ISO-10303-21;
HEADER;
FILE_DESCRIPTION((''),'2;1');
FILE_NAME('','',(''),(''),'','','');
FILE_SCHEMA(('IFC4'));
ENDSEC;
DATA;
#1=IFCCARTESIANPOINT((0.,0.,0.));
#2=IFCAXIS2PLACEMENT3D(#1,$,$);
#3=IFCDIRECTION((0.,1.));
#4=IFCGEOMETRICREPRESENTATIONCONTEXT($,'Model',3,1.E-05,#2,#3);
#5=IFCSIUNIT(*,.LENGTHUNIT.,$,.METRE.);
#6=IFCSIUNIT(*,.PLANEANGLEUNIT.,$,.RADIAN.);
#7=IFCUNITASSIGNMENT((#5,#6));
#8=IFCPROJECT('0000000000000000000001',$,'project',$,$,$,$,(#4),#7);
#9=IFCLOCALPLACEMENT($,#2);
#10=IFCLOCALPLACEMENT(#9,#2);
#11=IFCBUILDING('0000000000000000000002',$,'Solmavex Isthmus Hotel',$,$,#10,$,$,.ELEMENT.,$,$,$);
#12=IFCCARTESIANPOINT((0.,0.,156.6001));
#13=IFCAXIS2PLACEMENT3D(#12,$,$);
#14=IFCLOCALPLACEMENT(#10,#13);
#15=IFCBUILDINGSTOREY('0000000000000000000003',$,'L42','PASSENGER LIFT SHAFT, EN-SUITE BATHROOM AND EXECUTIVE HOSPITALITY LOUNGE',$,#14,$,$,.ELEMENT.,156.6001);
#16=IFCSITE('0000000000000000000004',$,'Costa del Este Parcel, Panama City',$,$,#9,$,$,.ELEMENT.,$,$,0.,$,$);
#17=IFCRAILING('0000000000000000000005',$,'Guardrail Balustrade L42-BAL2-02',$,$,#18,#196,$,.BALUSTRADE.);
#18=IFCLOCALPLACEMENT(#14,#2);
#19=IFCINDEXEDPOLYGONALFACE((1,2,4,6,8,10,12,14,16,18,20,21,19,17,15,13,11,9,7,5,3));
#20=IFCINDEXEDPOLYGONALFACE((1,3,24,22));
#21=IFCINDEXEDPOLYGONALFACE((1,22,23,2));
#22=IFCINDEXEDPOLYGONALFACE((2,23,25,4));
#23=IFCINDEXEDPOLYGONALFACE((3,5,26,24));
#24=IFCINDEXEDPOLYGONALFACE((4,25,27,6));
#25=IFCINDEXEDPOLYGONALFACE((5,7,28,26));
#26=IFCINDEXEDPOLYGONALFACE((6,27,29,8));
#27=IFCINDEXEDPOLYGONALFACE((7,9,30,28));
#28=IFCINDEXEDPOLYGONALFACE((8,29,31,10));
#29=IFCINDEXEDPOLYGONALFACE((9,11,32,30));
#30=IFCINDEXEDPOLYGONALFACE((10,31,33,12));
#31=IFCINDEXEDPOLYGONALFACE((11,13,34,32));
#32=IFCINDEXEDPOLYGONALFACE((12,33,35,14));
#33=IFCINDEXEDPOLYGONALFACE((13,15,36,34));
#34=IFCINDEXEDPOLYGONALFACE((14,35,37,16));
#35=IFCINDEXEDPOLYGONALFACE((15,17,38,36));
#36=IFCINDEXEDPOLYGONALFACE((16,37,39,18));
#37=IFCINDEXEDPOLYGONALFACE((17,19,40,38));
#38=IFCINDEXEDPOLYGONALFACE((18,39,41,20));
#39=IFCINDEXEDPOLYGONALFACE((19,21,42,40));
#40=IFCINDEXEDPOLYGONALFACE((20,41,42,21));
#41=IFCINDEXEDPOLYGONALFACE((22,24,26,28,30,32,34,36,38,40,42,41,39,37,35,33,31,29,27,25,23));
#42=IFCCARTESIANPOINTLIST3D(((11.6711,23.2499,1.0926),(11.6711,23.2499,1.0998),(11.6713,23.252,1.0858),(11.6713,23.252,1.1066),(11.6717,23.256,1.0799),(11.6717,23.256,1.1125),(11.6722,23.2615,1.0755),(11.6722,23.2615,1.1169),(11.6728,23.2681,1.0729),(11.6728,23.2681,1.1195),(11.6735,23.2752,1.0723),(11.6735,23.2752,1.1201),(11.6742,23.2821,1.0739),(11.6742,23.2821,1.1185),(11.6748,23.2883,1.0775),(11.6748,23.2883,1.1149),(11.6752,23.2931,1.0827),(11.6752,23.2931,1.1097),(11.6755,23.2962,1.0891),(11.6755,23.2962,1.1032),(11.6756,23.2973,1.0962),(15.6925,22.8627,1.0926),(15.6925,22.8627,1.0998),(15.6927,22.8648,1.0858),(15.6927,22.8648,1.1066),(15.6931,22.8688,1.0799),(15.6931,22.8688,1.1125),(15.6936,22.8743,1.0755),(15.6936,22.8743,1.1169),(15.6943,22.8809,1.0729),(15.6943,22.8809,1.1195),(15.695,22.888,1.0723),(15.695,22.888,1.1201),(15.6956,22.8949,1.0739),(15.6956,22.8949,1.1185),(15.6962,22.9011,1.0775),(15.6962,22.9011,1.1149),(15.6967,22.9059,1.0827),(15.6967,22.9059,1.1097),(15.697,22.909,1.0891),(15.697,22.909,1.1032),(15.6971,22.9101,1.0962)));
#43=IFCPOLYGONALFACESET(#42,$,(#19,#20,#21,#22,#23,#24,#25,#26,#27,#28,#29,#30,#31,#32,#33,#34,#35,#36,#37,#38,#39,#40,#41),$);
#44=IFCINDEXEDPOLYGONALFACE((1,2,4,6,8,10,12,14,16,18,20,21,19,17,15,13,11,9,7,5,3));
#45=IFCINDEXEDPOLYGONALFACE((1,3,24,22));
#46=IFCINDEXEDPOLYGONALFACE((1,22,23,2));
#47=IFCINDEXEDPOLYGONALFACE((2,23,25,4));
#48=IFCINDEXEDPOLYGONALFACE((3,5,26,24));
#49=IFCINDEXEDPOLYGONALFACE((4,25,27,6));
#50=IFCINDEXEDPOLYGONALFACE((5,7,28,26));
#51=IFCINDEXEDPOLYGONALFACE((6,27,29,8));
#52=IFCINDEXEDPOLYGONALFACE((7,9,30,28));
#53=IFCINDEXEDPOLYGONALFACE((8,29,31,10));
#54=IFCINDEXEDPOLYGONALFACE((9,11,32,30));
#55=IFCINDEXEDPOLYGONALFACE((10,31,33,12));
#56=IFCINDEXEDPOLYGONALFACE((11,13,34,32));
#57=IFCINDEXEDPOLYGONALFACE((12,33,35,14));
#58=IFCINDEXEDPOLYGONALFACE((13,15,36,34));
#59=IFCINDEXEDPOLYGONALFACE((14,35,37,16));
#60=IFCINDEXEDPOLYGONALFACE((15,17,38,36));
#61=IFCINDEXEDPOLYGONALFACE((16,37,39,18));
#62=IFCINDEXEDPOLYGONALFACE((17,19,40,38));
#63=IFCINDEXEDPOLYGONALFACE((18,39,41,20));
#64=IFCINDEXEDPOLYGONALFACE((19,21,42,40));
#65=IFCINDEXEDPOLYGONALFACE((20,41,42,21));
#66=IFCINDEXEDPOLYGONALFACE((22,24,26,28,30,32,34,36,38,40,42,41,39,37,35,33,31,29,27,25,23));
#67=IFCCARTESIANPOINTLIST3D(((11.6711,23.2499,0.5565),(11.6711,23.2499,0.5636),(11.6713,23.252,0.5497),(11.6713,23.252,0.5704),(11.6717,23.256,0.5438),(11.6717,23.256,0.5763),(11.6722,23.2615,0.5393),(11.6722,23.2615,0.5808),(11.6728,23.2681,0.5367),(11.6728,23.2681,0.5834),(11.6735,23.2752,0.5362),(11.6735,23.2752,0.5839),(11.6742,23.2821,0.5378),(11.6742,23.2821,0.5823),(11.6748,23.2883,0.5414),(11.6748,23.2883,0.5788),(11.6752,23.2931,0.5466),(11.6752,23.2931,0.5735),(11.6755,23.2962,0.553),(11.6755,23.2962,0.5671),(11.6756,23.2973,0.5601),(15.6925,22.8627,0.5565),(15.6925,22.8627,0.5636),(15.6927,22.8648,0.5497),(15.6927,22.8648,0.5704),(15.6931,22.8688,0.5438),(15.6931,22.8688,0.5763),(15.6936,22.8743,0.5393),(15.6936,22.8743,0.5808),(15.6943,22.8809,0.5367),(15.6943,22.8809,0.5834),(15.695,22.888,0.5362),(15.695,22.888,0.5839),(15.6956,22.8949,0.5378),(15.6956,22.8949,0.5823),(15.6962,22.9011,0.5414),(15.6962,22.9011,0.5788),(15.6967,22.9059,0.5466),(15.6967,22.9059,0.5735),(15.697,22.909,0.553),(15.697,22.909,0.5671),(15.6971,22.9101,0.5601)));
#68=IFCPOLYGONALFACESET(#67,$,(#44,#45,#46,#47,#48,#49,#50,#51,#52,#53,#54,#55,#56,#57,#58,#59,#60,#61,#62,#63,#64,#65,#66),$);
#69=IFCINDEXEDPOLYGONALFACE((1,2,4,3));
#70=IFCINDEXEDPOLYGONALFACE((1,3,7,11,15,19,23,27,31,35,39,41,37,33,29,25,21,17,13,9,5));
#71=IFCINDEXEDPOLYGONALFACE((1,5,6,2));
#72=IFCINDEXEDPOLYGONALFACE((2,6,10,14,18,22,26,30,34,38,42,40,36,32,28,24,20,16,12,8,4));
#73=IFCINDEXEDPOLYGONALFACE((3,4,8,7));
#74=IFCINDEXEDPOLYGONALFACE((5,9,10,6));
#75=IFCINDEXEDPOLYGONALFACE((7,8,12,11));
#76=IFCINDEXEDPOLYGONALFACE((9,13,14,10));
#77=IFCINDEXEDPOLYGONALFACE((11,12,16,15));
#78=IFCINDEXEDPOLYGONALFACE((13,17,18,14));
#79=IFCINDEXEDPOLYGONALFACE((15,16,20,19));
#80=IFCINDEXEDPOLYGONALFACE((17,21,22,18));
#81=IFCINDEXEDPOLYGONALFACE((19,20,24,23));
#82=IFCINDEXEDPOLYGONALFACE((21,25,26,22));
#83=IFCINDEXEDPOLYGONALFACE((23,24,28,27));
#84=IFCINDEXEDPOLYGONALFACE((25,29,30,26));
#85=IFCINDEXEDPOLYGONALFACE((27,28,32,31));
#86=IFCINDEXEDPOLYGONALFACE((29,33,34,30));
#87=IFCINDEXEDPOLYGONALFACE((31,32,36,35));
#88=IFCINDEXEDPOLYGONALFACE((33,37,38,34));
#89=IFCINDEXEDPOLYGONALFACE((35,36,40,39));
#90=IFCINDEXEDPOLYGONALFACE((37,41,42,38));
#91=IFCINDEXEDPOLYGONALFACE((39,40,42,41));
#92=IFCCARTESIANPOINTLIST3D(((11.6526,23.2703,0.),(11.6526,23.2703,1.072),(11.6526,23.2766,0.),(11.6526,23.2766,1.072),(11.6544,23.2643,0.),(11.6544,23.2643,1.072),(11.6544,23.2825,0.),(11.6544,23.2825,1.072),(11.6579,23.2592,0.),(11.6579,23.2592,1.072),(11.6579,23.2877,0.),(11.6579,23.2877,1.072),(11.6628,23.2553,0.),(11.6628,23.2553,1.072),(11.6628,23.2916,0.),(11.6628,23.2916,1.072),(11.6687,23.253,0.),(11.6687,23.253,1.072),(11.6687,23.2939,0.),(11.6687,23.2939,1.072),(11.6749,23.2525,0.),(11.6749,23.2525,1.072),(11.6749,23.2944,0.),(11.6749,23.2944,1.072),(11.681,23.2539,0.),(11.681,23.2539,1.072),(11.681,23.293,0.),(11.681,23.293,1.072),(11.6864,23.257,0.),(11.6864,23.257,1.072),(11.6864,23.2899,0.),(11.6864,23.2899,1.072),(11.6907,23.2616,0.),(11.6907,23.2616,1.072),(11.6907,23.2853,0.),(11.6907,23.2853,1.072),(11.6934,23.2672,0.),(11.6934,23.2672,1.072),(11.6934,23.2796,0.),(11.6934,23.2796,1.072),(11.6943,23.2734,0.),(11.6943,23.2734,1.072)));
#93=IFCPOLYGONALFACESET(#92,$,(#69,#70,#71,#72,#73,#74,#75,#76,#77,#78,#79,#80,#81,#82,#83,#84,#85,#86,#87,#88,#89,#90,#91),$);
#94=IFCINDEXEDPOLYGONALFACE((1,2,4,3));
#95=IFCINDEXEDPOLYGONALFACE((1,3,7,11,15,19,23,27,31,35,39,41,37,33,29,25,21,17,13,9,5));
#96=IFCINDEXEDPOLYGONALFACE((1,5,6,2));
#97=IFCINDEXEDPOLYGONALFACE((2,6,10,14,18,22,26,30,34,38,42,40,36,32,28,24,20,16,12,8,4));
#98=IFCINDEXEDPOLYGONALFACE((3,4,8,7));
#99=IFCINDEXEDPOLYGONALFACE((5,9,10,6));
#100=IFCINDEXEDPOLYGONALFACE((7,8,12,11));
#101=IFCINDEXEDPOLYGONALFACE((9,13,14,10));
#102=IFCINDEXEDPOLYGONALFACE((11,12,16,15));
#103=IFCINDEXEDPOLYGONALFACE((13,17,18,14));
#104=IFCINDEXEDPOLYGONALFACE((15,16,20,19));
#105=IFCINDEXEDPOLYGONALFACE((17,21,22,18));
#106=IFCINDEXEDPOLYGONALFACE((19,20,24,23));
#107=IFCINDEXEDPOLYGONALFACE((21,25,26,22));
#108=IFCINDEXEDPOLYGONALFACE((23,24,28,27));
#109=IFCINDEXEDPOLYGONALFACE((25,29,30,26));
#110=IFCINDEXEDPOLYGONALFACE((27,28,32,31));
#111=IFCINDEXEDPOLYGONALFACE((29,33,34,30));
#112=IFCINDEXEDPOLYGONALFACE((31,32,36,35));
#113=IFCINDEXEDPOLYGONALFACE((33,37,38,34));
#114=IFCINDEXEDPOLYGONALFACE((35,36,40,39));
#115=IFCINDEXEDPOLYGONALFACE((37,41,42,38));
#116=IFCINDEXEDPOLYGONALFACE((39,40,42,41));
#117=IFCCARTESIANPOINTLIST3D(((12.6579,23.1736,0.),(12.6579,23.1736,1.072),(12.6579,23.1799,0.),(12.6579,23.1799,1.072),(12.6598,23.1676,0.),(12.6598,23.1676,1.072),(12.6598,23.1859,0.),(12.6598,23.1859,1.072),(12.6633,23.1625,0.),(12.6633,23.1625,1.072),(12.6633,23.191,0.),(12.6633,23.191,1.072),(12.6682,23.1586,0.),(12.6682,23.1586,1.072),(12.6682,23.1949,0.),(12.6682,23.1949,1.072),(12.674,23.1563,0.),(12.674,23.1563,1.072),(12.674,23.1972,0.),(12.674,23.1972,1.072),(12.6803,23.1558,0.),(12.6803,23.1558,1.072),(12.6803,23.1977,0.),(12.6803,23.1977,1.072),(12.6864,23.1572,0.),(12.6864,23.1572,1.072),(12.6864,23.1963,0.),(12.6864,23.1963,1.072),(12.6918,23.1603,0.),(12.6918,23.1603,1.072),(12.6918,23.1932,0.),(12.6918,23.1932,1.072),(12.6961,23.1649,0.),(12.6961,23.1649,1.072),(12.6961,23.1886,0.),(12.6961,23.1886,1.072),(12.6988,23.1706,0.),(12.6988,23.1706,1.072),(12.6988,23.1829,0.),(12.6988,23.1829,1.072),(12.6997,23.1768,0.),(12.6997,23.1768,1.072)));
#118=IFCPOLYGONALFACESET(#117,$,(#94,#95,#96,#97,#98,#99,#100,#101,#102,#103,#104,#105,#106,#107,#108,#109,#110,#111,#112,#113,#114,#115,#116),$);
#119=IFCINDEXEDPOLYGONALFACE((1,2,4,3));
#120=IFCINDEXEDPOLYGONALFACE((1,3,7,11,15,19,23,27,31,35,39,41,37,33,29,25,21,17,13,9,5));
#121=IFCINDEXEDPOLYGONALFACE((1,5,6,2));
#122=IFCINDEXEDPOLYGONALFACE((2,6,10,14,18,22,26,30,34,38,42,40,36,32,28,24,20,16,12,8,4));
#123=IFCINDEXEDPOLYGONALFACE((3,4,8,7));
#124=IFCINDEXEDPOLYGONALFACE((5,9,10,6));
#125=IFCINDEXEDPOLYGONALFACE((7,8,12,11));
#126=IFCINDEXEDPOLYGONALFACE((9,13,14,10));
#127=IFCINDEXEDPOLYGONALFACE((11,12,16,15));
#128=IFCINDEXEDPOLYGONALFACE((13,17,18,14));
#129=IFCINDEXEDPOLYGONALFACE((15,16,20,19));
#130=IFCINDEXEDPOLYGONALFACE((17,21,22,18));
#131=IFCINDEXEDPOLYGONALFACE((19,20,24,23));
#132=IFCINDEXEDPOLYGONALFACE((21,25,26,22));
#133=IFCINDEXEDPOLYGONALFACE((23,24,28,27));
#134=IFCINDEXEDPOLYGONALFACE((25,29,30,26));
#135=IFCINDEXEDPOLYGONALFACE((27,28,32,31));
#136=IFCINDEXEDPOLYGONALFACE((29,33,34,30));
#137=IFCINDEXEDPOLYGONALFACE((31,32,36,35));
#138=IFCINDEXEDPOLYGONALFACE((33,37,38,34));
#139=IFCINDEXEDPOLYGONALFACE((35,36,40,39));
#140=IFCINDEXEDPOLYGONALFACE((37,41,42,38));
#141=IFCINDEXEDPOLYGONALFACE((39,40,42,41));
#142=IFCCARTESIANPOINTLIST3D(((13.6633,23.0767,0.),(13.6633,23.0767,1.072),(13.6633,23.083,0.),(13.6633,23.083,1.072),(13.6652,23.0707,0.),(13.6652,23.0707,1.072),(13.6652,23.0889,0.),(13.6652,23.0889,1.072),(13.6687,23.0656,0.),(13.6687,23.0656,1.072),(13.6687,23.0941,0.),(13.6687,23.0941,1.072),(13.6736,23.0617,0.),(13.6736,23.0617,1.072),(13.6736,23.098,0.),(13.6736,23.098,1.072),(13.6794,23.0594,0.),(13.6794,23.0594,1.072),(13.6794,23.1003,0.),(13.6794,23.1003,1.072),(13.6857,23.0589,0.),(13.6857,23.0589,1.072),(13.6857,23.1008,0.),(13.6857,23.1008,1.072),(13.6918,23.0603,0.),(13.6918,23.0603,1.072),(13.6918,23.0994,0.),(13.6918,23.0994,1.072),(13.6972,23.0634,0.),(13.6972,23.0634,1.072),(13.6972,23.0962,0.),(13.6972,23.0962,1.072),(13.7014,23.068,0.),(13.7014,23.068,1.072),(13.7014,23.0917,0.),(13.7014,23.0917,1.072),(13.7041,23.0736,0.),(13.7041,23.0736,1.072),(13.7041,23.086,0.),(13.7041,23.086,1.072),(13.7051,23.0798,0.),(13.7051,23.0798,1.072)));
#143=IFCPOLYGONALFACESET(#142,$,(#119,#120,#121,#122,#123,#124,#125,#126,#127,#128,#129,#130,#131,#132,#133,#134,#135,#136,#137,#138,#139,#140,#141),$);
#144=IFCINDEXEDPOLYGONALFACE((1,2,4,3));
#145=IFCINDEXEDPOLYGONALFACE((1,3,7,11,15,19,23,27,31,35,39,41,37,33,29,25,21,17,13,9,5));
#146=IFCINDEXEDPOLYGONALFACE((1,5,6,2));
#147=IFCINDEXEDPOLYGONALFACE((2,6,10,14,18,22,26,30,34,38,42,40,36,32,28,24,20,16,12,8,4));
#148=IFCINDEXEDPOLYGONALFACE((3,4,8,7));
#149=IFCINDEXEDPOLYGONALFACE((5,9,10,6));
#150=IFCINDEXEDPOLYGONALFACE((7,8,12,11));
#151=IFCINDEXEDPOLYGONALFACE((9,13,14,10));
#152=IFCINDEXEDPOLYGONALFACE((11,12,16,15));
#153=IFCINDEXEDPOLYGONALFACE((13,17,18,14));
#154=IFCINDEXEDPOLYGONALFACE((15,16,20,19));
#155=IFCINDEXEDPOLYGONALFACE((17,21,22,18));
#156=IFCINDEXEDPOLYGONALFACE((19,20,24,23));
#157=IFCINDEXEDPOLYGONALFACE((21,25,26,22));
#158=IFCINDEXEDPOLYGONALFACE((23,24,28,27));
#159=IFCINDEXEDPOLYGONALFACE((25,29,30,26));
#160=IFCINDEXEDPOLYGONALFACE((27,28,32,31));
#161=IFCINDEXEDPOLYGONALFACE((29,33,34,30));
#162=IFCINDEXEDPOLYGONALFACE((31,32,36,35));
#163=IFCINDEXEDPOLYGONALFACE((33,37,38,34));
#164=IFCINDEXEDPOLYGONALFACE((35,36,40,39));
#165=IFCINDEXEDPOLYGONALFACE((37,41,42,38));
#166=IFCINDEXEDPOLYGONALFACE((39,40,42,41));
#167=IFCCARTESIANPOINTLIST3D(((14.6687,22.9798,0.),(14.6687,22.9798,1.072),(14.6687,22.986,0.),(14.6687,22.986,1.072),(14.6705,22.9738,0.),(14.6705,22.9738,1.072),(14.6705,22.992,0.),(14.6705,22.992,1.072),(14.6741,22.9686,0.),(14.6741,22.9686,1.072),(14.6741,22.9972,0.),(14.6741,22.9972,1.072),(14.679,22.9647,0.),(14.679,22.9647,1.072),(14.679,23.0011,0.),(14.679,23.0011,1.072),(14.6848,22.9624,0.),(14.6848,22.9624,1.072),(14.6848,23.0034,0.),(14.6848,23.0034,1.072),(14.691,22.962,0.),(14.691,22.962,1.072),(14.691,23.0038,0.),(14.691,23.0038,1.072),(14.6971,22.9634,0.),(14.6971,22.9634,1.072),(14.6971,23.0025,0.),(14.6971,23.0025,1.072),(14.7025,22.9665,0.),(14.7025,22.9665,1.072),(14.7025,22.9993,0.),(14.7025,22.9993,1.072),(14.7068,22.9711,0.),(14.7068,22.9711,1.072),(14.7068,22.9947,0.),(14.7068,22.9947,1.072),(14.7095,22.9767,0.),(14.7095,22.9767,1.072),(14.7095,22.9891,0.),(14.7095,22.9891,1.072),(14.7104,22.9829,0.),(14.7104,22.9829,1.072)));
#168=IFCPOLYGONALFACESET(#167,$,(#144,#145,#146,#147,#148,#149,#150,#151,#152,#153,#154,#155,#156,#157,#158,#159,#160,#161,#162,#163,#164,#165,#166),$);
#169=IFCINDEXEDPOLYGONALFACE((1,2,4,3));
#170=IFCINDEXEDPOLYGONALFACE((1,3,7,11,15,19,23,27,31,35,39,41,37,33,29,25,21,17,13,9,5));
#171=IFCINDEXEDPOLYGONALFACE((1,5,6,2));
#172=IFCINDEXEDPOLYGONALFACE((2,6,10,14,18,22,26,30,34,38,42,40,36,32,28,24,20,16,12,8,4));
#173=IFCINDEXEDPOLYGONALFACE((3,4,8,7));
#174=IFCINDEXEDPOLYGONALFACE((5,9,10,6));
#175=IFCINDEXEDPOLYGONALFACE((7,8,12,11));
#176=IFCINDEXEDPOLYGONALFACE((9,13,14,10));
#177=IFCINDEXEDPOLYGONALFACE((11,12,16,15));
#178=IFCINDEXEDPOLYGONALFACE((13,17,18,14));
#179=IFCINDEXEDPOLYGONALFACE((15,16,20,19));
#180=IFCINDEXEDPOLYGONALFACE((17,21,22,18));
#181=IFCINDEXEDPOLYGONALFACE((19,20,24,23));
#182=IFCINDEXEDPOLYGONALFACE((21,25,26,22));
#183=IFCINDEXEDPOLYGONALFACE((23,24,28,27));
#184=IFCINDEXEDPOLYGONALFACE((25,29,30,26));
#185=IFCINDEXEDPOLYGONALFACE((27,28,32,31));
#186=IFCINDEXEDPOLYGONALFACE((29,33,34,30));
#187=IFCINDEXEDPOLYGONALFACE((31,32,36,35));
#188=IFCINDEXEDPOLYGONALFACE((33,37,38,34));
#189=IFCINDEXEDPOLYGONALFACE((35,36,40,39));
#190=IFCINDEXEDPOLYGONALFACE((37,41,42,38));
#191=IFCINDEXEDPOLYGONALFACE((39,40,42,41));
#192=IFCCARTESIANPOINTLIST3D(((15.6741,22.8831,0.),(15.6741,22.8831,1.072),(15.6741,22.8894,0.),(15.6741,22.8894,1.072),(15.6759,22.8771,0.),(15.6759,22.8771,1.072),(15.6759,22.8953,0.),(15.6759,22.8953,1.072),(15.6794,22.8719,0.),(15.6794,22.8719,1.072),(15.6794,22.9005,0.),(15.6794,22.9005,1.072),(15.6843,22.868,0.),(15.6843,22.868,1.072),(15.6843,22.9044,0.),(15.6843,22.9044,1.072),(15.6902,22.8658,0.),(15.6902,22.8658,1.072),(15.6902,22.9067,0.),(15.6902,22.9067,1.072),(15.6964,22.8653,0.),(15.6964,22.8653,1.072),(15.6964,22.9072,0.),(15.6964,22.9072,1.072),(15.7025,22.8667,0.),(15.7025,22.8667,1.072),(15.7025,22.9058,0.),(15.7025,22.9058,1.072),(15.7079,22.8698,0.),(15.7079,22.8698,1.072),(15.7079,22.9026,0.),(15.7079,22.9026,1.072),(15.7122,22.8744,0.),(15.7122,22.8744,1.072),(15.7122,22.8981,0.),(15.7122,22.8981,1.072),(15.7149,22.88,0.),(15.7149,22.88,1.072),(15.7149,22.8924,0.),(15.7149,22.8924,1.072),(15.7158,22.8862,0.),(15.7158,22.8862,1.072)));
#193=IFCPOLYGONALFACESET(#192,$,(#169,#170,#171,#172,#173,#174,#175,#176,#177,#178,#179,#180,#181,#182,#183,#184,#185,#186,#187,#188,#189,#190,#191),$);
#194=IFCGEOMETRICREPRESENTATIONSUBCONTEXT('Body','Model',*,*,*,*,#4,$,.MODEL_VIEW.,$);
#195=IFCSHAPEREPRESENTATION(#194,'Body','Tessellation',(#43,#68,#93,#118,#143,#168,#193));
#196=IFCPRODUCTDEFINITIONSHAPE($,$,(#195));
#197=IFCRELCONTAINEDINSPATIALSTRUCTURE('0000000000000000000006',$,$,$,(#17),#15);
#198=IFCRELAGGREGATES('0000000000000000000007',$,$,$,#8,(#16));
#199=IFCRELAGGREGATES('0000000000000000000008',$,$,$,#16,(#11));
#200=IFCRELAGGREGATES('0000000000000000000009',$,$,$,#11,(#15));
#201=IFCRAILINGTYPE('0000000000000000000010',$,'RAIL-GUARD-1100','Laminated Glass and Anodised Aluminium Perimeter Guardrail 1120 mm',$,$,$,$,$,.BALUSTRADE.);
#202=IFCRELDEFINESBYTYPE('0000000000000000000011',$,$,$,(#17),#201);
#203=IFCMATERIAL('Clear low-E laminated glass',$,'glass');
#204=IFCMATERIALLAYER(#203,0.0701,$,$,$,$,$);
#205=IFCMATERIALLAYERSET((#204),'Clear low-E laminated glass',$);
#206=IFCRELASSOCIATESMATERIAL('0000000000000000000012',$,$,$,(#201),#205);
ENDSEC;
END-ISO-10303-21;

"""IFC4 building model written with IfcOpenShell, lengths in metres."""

from ifc_helpers import new_model, si_unit, direction, frame, origin, origin_2d, place, context, subcontext, project, spatial, circle, extrude, material, layer, layer_set, type_object, element, save


model = new_model("IFC4")

# Units and contexts
model_context = context("Model", 3, precision=1e-05, world=origin(), true_north=direction((0.0, 1.0)))
body_context = subcontext(model_context, "Body", "Model", "MODEL_VIEW")
ifc_project = project(units=[si_unit("LENGTHUNIT", "METRE"), si_unit("PLANEANGLEUNIT", "RADIAN")], contexts=[model_context])

# Site, building, storey
site_placement = place(None, origin())
site = spatial("IfcSite", under=ifc_project, at=site_placement, Name="Costa del Este Parcel, Panama City", CompositionType="ELEMENT", RefElevation=0.0)
building_placement = place(site_placement, origin())
building = spatial("IfcBuilding", under=site, at=building_placement, Name="Solmavex Isthmus Hotel", CompositionType="ELEMENT")
storey_placement = place(building_placement, frame((0.0, 0.0, 156.6001)))
storey = spatial("IfcBuildingStorey", under=building, at=storey_placement, Name="L42", Description="PASSENGER LIFT SHAFT, EN-SUITE BATHROOM AND EXECUTIVE HOSPITALITY LOUNGE", CompositionType="ELEMENT", Elevation=156.6001)

# Shared definitions
ifc_material_1 = material(Name="Clear low-E laminated glass", Category="glass")

# Railing
ifc_layer_1 = layer(ifc_material_1, 0.0701)
ifc_layer_set_1 = layer_set([ifc_layer_1], Name="Clear low-E laminated glass")
railing_type = type_object("IfcRailingType", Name="RAIL-GUARD-1100", Description="Laminated Glass and Anodised Aluminium Perimeter Guardrail 1120 mm", PredefinedType="BALUSTRADE", material=ifc_layer_set_1)
railing_1_placement = place(storey_placement, frame((11.6733, 23.2734, 0.0)))
element("IfcRailing", 1, at=railing_1_placement, inside=storey, type_object=railing_type, Name="Guardrail Balustrade L42-BAL2-02", PredefinedType="BALUSTRADE", context=body_context, shape_type="SweptSolid", body=[
    extrude(circle(Radius=0.0239, at=origin_2d()), frame((0.0, 0.0, 1.0962), z_axis=(0.995397, -0.095841, 0.0), x_axis=(0.095841, 0.995397, 0.0)), (0.0, 0.0, 1.0), 4.04),
    extrude(circle(Radius=0.0239, at=origin_2d()), frame((0.0, 0.0, 0.5601), z_axis=(0.995397, -0.095841, 0.0), x_axis=(0.095841, 0.995397, 0.0)), (0.0, 0.0, 1.0), 4.04),
    extrude(circle(Radius=0.021, at=origin_2d()), origin(), (0.0, 0.0, 1.0), 1.072),
    extrude(circle(Radius=0.021, at=origin_2d()), frame((1.0054, -0.0967, 0.0)), (0.0, 0.0, 1.0), 1.072),
    extrude(circle(Radius=0.021, at=origin_2d()), frame((2.0107, -0.1936, 0.0)), (0.0, 0.0, 1.0), 1.072),
    extrude(circle(Radius=0.021, at=origin_2d()), frame((3.0161, -0.2905, 0.0)), (0.0, 0.0, 1.0), 1.072),
    extrude(circle(Radius=0.021, at=origin_2d()), frame((4.0215, -0.3872, 0.0)), (0.0, 0.0, 1.0), 1.072),
])

save(model, "model.ifc")
